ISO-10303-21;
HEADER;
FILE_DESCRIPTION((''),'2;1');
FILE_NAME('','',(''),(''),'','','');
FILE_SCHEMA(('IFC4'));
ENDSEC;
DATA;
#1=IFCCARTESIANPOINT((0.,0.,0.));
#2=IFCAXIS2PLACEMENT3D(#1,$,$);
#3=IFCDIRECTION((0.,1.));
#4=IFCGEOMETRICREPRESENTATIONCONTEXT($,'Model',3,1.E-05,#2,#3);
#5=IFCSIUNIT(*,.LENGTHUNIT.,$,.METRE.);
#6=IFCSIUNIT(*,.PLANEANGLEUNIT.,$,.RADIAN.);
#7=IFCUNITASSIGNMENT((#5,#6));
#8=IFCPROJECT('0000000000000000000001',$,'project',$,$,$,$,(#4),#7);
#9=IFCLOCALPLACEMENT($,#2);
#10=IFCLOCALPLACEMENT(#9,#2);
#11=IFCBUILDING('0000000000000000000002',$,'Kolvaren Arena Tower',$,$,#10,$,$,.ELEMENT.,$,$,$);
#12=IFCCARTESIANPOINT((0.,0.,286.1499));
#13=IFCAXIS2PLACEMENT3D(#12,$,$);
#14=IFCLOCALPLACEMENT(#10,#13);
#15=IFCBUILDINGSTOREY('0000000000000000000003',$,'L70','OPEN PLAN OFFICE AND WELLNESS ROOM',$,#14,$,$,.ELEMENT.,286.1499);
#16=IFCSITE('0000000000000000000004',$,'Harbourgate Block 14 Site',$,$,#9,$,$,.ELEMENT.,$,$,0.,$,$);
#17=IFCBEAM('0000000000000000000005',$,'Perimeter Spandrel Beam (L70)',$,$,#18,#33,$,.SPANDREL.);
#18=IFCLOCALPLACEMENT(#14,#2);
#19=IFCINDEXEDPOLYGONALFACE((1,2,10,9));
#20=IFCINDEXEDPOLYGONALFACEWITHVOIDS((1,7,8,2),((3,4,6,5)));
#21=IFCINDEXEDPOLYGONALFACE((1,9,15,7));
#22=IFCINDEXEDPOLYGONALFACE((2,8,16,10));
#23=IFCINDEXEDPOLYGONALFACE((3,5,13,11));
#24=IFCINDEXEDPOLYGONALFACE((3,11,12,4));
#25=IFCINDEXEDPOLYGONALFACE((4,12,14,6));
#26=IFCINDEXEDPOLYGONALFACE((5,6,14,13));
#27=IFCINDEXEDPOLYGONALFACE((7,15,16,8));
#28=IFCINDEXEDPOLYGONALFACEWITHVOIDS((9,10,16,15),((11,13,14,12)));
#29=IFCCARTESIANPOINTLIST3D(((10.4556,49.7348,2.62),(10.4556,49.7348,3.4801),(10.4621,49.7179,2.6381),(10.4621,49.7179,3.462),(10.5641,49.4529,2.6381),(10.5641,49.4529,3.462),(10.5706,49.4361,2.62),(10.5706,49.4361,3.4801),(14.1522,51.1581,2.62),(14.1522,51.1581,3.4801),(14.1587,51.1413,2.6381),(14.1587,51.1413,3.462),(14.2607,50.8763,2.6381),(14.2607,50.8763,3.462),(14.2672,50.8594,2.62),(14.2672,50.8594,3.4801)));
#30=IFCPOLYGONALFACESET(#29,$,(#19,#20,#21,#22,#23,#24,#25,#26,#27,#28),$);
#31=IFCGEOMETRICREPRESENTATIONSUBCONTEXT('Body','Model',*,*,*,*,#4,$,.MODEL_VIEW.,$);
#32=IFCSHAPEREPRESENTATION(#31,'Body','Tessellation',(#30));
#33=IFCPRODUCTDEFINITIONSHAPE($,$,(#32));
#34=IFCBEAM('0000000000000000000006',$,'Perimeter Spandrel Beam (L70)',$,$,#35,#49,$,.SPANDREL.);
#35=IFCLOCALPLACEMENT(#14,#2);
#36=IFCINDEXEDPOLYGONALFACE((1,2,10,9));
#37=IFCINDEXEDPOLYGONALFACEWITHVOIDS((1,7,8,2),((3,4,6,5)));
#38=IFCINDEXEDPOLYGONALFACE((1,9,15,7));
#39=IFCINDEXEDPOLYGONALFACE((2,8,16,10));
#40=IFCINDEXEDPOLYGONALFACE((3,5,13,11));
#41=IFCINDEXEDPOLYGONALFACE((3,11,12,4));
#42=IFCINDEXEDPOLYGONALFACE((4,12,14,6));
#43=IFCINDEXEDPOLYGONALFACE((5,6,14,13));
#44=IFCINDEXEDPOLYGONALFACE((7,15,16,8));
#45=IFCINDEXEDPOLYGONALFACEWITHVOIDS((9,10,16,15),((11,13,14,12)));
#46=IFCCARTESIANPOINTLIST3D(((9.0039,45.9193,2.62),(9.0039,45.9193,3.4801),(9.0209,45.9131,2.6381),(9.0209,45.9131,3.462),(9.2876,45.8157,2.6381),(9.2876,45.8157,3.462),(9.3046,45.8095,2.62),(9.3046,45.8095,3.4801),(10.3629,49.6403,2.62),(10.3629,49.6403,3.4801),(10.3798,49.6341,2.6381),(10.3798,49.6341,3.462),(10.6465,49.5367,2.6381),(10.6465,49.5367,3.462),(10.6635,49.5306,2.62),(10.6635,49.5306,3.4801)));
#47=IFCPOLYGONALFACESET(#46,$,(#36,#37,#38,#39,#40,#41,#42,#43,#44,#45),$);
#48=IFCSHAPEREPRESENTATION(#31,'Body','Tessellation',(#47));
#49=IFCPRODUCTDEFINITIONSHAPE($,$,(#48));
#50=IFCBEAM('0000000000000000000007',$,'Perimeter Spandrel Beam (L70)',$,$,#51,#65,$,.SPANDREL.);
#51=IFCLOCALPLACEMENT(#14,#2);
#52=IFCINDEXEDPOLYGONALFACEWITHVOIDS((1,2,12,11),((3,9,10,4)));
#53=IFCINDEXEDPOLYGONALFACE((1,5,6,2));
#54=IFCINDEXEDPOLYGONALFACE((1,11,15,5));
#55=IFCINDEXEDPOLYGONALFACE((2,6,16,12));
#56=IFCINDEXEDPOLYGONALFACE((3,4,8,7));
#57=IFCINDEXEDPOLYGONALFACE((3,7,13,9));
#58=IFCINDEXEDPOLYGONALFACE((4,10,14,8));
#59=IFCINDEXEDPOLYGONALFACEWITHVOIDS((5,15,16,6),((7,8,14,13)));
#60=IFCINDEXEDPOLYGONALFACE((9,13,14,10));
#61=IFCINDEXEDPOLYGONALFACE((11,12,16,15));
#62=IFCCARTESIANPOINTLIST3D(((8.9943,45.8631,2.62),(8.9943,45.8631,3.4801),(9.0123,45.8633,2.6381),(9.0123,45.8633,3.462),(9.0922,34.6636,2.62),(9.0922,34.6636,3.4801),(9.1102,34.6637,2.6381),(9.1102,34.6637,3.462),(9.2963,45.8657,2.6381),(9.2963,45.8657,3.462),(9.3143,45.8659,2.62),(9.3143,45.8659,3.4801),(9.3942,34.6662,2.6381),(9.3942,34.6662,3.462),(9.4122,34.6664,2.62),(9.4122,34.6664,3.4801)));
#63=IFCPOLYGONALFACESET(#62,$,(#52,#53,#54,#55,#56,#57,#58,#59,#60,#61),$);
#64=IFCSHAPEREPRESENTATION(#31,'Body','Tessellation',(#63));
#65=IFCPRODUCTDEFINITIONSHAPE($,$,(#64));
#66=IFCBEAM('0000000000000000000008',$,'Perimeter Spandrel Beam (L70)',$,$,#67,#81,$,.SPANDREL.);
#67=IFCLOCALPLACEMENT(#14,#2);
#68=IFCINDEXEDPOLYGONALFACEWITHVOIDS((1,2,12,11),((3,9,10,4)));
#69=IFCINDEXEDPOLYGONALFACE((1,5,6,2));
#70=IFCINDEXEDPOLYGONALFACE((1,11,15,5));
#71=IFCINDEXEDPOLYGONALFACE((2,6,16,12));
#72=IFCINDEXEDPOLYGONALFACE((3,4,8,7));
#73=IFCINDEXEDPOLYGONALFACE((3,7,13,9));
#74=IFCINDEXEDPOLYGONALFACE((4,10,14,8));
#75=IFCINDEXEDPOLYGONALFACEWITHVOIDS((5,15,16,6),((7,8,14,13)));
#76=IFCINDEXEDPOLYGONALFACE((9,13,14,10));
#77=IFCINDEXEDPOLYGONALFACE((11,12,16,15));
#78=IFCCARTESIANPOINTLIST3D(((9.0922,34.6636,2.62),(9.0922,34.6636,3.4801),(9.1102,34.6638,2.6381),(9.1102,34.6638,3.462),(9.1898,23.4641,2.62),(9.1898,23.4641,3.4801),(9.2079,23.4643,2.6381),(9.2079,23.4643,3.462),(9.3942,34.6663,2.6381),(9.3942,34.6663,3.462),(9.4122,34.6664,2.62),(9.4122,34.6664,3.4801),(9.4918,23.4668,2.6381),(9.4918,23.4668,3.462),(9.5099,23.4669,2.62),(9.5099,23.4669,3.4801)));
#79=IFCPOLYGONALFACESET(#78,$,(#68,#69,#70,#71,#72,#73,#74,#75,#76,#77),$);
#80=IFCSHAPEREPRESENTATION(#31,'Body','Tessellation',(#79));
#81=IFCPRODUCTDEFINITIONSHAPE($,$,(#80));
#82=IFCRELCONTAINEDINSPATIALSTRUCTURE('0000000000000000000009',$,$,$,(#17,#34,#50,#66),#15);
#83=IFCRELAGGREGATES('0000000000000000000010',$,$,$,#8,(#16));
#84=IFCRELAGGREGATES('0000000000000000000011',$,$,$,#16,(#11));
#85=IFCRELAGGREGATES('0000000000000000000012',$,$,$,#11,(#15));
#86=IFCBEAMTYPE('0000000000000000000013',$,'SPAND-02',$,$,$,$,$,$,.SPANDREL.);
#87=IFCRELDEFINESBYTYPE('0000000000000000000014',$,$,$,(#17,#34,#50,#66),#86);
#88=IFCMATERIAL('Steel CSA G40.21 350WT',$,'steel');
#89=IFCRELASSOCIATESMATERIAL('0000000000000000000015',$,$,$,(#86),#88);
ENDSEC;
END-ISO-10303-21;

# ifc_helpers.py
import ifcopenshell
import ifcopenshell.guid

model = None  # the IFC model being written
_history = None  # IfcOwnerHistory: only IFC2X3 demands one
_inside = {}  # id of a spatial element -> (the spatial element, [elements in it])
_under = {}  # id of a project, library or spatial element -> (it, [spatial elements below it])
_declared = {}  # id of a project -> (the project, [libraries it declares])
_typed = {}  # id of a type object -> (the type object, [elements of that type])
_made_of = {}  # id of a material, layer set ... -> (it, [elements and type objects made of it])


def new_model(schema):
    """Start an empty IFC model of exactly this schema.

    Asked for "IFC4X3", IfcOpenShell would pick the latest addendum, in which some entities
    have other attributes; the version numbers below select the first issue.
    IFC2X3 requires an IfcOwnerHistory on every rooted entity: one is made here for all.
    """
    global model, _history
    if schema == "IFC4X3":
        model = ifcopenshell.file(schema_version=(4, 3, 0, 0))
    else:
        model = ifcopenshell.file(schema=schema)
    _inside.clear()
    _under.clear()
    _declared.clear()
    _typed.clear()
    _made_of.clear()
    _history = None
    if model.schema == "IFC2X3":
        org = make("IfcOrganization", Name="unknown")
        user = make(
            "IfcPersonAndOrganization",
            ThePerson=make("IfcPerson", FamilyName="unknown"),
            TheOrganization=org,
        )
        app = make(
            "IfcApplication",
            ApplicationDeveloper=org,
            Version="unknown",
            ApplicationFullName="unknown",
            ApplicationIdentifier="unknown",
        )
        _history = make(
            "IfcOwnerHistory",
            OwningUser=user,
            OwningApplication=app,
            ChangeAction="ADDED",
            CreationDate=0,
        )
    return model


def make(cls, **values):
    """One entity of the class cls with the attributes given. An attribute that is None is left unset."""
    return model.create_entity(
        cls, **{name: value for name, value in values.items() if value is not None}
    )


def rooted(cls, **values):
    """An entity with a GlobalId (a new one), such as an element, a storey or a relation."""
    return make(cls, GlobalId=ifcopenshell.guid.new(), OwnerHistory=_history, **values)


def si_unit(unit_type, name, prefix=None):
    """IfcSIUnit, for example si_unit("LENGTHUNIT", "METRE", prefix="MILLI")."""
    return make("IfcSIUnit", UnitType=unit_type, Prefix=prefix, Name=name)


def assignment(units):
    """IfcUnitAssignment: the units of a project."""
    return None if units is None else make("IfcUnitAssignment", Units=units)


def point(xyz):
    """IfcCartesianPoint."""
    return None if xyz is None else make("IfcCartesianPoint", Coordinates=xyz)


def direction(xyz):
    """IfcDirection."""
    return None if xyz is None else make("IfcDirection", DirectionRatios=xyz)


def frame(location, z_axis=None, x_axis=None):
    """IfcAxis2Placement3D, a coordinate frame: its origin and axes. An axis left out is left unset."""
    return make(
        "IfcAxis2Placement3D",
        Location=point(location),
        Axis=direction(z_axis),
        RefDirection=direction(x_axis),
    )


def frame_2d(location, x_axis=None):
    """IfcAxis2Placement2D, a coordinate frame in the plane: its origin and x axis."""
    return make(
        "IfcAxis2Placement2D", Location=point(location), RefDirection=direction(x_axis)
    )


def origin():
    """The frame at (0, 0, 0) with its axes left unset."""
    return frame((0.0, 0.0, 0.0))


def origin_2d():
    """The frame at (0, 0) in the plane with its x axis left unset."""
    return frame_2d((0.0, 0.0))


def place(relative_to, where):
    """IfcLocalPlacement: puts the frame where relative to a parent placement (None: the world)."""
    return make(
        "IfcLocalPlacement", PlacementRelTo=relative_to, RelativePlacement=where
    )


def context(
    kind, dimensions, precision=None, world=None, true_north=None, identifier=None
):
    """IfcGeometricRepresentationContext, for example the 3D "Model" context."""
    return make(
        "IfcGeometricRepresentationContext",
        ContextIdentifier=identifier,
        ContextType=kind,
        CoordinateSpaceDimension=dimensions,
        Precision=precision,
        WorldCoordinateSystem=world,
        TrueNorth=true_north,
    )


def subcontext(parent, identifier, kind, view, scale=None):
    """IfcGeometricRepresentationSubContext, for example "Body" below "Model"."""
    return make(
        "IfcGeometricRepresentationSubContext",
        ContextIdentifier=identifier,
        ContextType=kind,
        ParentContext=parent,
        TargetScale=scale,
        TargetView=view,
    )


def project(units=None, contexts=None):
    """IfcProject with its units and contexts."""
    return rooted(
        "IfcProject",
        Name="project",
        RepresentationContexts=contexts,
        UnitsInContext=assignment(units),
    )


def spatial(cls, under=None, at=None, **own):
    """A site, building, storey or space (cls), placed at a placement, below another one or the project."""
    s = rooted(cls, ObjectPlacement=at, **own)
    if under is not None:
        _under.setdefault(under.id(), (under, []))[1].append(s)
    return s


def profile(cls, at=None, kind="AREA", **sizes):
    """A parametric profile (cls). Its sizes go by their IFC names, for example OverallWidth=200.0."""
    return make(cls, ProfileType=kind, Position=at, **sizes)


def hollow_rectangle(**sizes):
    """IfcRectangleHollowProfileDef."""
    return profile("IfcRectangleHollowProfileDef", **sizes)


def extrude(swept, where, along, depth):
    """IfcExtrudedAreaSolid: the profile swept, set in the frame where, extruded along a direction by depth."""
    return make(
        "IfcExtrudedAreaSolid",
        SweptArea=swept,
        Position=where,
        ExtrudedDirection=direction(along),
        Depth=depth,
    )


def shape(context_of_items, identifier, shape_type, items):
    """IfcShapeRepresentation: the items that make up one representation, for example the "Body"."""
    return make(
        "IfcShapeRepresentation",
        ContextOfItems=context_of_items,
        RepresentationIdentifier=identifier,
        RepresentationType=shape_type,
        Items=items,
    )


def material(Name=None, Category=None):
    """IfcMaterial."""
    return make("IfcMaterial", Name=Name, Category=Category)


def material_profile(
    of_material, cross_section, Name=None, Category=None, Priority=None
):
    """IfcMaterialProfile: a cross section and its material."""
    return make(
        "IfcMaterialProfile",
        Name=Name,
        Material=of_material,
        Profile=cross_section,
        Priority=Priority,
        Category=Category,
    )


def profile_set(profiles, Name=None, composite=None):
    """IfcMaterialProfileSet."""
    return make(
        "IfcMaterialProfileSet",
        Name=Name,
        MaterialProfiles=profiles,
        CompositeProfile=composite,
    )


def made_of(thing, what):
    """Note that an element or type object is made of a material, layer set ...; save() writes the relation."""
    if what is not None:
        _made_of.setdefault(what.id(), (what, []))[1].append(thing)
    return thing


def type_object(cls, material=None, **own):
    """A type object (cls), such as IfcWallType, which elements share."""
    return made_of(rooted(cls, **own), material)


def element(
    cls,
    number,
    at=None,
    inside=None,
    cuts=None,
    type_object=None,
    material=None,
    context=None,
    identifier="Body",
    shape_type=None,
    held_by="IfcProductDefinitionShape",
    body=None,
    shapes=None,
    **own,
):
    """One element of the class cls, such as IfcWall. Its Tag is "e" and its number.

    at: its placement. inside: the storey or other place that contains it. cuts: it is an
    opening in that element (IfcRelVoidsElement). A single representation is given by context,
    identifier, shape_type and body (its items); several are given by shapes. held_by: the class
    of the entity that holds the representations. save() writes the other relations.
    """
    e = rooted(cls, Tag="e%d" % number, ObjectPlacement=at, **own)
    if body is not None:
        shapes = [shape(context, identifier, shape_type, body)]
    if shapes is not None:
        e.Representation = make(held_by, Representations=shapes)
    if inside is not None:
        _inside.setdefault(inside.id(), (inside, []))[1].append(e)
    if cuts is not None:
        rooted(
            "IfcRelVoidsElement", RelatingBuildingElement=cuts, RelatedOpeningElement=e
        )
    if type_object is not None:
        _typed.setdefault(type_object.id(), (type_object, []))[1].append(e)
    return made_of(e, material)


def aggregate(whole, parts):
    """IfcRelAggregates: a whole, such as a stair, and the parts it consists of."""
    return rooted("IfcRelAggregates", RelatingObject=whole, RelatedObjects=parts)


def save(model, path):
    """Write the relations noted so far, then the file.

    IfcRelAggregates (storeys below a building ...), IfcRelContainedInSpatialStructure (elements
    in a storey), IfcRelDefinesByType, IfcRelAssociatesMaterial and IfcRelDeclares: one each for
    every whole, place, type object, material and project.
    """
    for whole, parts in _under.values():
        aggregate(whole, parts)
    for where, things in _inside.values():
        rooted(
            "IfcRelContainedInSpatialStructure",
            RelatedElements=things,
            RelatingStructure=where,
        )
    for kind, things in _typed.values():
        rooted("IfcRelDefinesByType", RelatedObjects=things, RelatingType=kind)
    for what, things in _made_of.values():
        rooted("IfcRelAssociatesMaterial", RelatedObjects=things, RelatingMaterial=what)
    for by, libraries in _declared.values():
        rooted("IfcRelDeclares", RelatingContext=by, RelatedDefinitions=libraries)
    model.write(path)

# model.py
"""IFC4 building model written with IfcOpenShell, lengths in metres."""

from ifc_helpers import new_model, si_unit, direction, frame, origin, origin_2d, place, context, subcontext, project, spatial, hollow_rectangle, extrude, material, material_profile, profile_set, type_object, element, save


model = new_model("IFC4")

# Units and contexts
model_context = context("Model", 3, precision=1e-05, world=origin(), true_north=direction((0.0, 1.0)))
body_context = subcontext(model_context, "Body", "Model", "MODEL_VIEW")
ifc_project = project(units=[si_unit("LENGTHUNIT", "METRE"), si_unit("PLANEANGLEUNIT", "RADIAN")], contexts=[model_context])

# Site, building, storey
site_placement = place(None, origin())
site = spatial("IfcSite", under=ifc_project, at=site_placement, Name="Harbourgate Block 14 Site", CompositionType="ELEMENT", RefElevation=0.0)
building_placement = place(site_placement, origin())
building = spatial("IfcBuilding", under=site, at=building_placement, Name="Kolvaren Arena Tower", CompositionType="ELEMENT")
storey_placement = place(building_placement, frame((0.0, 0.0, 286.1499)))
storey = spatial("IfcBuildingStorey", under=building, at=storey_placement, Name="L70", Description="OPEN PLAN OFFICE AND WELLNESS ROOM", CompositionType="ELEMENT", Elevation=286.1499)

# Beams
ifc_material_1 = material(Name="Steel CSA G40.21 350WT", Category="steel")
ifc_material_profile_1 = material_profile(ifc_material_1, hollow_rectangle(XDim=0.3201, YDim=0.8601, WallThickness=0.0181, at=origin_2d()), Name="HSS 860x320x18")
ifc_profile_set_1 = profile_set([ifc_material_profile_1], Name="Steel CSA G40.21 350WT")
beam_type_1 = type_object("IfcBeamType", Name="SPAND-02", PredefinedType="SPANDREL", material=ifc_profile_set_1)
beam_1_placement = place(storey_placement, frame((14.2097, 51.0088, 3.05), z_axis=(-0.933211, -0.35933, 0.0), x_axis=(0.35933, -0.933211, 0.0)))
element("IfcBeam", 1, at=beam_1_placement, inside=storey, type_object=beam_type_1, Name="Perimeter Spandrel Beam (L70)", PredefinedType="SPANDREL", context=body_context, shape_type="SweptSolid", body=[
    extrude(hollow_rectangle(XDim=0.3201, YDim=0.8601, WallThickness=0.0181, at=origin_2d()), origin(), (0.0, 0.0, 1.0), 3.9612),
])
beam_2_placement = place(storey_placement, frame((10.5132, 49.5854, 3.05), z_axis=(-0.343039, -0.939321, 0.0), x_axis=(0.939321, -0.343039, 0.0)))
element("IfcBeam", 2, at=beam_2_placement, inside=storey, type_object=beam_type_1, Name="Perimeter Spandrel Beam (L70)", PredefinedType="SPANDREL", context=body_context, shape_type="SweptSolid", body=[
    extrude(hollow_rectangle(XDim=0.3201, YDim=0.8601, WallThickness=0.0181, at=origin_2d()), origin(), (0.0, 0.0, 1.0), 3.9614),
])
for number, where, z_axis, x_axis, name in (
    (3, (9.1543, 45.8645, 3.05), (0.008741, -0.999962, 0.0), (0.999962, 0.008741, 0.0), "Perimeter Spandrel Beam (L70)"),
    (4, (9.2522, 34.665, 3.05), (0.008719, -0.999962, 0.0), (0.999962, 0.008719, 0.0), "Perimeter Spandrel Beam (L70)"),
):
    element("IfcBeam", number, at=place(storey_placement, frame(where, z_axis=z_axis, x_axis=x_axis)), inside=storey, type_object=beam_type_1, Name=name, PredefinedType="SPANDREL", context=body_context, shape_type="SweptSolid", body=[
        extrude(hollow_rectangle(XDim=0.3201, YDim=0.8601, WallThickness=0.0181, at=origin_2d()), origin(), (0.0, 0.0, 1.0), 11.2),
    ])

save(model, "model.ifc")
